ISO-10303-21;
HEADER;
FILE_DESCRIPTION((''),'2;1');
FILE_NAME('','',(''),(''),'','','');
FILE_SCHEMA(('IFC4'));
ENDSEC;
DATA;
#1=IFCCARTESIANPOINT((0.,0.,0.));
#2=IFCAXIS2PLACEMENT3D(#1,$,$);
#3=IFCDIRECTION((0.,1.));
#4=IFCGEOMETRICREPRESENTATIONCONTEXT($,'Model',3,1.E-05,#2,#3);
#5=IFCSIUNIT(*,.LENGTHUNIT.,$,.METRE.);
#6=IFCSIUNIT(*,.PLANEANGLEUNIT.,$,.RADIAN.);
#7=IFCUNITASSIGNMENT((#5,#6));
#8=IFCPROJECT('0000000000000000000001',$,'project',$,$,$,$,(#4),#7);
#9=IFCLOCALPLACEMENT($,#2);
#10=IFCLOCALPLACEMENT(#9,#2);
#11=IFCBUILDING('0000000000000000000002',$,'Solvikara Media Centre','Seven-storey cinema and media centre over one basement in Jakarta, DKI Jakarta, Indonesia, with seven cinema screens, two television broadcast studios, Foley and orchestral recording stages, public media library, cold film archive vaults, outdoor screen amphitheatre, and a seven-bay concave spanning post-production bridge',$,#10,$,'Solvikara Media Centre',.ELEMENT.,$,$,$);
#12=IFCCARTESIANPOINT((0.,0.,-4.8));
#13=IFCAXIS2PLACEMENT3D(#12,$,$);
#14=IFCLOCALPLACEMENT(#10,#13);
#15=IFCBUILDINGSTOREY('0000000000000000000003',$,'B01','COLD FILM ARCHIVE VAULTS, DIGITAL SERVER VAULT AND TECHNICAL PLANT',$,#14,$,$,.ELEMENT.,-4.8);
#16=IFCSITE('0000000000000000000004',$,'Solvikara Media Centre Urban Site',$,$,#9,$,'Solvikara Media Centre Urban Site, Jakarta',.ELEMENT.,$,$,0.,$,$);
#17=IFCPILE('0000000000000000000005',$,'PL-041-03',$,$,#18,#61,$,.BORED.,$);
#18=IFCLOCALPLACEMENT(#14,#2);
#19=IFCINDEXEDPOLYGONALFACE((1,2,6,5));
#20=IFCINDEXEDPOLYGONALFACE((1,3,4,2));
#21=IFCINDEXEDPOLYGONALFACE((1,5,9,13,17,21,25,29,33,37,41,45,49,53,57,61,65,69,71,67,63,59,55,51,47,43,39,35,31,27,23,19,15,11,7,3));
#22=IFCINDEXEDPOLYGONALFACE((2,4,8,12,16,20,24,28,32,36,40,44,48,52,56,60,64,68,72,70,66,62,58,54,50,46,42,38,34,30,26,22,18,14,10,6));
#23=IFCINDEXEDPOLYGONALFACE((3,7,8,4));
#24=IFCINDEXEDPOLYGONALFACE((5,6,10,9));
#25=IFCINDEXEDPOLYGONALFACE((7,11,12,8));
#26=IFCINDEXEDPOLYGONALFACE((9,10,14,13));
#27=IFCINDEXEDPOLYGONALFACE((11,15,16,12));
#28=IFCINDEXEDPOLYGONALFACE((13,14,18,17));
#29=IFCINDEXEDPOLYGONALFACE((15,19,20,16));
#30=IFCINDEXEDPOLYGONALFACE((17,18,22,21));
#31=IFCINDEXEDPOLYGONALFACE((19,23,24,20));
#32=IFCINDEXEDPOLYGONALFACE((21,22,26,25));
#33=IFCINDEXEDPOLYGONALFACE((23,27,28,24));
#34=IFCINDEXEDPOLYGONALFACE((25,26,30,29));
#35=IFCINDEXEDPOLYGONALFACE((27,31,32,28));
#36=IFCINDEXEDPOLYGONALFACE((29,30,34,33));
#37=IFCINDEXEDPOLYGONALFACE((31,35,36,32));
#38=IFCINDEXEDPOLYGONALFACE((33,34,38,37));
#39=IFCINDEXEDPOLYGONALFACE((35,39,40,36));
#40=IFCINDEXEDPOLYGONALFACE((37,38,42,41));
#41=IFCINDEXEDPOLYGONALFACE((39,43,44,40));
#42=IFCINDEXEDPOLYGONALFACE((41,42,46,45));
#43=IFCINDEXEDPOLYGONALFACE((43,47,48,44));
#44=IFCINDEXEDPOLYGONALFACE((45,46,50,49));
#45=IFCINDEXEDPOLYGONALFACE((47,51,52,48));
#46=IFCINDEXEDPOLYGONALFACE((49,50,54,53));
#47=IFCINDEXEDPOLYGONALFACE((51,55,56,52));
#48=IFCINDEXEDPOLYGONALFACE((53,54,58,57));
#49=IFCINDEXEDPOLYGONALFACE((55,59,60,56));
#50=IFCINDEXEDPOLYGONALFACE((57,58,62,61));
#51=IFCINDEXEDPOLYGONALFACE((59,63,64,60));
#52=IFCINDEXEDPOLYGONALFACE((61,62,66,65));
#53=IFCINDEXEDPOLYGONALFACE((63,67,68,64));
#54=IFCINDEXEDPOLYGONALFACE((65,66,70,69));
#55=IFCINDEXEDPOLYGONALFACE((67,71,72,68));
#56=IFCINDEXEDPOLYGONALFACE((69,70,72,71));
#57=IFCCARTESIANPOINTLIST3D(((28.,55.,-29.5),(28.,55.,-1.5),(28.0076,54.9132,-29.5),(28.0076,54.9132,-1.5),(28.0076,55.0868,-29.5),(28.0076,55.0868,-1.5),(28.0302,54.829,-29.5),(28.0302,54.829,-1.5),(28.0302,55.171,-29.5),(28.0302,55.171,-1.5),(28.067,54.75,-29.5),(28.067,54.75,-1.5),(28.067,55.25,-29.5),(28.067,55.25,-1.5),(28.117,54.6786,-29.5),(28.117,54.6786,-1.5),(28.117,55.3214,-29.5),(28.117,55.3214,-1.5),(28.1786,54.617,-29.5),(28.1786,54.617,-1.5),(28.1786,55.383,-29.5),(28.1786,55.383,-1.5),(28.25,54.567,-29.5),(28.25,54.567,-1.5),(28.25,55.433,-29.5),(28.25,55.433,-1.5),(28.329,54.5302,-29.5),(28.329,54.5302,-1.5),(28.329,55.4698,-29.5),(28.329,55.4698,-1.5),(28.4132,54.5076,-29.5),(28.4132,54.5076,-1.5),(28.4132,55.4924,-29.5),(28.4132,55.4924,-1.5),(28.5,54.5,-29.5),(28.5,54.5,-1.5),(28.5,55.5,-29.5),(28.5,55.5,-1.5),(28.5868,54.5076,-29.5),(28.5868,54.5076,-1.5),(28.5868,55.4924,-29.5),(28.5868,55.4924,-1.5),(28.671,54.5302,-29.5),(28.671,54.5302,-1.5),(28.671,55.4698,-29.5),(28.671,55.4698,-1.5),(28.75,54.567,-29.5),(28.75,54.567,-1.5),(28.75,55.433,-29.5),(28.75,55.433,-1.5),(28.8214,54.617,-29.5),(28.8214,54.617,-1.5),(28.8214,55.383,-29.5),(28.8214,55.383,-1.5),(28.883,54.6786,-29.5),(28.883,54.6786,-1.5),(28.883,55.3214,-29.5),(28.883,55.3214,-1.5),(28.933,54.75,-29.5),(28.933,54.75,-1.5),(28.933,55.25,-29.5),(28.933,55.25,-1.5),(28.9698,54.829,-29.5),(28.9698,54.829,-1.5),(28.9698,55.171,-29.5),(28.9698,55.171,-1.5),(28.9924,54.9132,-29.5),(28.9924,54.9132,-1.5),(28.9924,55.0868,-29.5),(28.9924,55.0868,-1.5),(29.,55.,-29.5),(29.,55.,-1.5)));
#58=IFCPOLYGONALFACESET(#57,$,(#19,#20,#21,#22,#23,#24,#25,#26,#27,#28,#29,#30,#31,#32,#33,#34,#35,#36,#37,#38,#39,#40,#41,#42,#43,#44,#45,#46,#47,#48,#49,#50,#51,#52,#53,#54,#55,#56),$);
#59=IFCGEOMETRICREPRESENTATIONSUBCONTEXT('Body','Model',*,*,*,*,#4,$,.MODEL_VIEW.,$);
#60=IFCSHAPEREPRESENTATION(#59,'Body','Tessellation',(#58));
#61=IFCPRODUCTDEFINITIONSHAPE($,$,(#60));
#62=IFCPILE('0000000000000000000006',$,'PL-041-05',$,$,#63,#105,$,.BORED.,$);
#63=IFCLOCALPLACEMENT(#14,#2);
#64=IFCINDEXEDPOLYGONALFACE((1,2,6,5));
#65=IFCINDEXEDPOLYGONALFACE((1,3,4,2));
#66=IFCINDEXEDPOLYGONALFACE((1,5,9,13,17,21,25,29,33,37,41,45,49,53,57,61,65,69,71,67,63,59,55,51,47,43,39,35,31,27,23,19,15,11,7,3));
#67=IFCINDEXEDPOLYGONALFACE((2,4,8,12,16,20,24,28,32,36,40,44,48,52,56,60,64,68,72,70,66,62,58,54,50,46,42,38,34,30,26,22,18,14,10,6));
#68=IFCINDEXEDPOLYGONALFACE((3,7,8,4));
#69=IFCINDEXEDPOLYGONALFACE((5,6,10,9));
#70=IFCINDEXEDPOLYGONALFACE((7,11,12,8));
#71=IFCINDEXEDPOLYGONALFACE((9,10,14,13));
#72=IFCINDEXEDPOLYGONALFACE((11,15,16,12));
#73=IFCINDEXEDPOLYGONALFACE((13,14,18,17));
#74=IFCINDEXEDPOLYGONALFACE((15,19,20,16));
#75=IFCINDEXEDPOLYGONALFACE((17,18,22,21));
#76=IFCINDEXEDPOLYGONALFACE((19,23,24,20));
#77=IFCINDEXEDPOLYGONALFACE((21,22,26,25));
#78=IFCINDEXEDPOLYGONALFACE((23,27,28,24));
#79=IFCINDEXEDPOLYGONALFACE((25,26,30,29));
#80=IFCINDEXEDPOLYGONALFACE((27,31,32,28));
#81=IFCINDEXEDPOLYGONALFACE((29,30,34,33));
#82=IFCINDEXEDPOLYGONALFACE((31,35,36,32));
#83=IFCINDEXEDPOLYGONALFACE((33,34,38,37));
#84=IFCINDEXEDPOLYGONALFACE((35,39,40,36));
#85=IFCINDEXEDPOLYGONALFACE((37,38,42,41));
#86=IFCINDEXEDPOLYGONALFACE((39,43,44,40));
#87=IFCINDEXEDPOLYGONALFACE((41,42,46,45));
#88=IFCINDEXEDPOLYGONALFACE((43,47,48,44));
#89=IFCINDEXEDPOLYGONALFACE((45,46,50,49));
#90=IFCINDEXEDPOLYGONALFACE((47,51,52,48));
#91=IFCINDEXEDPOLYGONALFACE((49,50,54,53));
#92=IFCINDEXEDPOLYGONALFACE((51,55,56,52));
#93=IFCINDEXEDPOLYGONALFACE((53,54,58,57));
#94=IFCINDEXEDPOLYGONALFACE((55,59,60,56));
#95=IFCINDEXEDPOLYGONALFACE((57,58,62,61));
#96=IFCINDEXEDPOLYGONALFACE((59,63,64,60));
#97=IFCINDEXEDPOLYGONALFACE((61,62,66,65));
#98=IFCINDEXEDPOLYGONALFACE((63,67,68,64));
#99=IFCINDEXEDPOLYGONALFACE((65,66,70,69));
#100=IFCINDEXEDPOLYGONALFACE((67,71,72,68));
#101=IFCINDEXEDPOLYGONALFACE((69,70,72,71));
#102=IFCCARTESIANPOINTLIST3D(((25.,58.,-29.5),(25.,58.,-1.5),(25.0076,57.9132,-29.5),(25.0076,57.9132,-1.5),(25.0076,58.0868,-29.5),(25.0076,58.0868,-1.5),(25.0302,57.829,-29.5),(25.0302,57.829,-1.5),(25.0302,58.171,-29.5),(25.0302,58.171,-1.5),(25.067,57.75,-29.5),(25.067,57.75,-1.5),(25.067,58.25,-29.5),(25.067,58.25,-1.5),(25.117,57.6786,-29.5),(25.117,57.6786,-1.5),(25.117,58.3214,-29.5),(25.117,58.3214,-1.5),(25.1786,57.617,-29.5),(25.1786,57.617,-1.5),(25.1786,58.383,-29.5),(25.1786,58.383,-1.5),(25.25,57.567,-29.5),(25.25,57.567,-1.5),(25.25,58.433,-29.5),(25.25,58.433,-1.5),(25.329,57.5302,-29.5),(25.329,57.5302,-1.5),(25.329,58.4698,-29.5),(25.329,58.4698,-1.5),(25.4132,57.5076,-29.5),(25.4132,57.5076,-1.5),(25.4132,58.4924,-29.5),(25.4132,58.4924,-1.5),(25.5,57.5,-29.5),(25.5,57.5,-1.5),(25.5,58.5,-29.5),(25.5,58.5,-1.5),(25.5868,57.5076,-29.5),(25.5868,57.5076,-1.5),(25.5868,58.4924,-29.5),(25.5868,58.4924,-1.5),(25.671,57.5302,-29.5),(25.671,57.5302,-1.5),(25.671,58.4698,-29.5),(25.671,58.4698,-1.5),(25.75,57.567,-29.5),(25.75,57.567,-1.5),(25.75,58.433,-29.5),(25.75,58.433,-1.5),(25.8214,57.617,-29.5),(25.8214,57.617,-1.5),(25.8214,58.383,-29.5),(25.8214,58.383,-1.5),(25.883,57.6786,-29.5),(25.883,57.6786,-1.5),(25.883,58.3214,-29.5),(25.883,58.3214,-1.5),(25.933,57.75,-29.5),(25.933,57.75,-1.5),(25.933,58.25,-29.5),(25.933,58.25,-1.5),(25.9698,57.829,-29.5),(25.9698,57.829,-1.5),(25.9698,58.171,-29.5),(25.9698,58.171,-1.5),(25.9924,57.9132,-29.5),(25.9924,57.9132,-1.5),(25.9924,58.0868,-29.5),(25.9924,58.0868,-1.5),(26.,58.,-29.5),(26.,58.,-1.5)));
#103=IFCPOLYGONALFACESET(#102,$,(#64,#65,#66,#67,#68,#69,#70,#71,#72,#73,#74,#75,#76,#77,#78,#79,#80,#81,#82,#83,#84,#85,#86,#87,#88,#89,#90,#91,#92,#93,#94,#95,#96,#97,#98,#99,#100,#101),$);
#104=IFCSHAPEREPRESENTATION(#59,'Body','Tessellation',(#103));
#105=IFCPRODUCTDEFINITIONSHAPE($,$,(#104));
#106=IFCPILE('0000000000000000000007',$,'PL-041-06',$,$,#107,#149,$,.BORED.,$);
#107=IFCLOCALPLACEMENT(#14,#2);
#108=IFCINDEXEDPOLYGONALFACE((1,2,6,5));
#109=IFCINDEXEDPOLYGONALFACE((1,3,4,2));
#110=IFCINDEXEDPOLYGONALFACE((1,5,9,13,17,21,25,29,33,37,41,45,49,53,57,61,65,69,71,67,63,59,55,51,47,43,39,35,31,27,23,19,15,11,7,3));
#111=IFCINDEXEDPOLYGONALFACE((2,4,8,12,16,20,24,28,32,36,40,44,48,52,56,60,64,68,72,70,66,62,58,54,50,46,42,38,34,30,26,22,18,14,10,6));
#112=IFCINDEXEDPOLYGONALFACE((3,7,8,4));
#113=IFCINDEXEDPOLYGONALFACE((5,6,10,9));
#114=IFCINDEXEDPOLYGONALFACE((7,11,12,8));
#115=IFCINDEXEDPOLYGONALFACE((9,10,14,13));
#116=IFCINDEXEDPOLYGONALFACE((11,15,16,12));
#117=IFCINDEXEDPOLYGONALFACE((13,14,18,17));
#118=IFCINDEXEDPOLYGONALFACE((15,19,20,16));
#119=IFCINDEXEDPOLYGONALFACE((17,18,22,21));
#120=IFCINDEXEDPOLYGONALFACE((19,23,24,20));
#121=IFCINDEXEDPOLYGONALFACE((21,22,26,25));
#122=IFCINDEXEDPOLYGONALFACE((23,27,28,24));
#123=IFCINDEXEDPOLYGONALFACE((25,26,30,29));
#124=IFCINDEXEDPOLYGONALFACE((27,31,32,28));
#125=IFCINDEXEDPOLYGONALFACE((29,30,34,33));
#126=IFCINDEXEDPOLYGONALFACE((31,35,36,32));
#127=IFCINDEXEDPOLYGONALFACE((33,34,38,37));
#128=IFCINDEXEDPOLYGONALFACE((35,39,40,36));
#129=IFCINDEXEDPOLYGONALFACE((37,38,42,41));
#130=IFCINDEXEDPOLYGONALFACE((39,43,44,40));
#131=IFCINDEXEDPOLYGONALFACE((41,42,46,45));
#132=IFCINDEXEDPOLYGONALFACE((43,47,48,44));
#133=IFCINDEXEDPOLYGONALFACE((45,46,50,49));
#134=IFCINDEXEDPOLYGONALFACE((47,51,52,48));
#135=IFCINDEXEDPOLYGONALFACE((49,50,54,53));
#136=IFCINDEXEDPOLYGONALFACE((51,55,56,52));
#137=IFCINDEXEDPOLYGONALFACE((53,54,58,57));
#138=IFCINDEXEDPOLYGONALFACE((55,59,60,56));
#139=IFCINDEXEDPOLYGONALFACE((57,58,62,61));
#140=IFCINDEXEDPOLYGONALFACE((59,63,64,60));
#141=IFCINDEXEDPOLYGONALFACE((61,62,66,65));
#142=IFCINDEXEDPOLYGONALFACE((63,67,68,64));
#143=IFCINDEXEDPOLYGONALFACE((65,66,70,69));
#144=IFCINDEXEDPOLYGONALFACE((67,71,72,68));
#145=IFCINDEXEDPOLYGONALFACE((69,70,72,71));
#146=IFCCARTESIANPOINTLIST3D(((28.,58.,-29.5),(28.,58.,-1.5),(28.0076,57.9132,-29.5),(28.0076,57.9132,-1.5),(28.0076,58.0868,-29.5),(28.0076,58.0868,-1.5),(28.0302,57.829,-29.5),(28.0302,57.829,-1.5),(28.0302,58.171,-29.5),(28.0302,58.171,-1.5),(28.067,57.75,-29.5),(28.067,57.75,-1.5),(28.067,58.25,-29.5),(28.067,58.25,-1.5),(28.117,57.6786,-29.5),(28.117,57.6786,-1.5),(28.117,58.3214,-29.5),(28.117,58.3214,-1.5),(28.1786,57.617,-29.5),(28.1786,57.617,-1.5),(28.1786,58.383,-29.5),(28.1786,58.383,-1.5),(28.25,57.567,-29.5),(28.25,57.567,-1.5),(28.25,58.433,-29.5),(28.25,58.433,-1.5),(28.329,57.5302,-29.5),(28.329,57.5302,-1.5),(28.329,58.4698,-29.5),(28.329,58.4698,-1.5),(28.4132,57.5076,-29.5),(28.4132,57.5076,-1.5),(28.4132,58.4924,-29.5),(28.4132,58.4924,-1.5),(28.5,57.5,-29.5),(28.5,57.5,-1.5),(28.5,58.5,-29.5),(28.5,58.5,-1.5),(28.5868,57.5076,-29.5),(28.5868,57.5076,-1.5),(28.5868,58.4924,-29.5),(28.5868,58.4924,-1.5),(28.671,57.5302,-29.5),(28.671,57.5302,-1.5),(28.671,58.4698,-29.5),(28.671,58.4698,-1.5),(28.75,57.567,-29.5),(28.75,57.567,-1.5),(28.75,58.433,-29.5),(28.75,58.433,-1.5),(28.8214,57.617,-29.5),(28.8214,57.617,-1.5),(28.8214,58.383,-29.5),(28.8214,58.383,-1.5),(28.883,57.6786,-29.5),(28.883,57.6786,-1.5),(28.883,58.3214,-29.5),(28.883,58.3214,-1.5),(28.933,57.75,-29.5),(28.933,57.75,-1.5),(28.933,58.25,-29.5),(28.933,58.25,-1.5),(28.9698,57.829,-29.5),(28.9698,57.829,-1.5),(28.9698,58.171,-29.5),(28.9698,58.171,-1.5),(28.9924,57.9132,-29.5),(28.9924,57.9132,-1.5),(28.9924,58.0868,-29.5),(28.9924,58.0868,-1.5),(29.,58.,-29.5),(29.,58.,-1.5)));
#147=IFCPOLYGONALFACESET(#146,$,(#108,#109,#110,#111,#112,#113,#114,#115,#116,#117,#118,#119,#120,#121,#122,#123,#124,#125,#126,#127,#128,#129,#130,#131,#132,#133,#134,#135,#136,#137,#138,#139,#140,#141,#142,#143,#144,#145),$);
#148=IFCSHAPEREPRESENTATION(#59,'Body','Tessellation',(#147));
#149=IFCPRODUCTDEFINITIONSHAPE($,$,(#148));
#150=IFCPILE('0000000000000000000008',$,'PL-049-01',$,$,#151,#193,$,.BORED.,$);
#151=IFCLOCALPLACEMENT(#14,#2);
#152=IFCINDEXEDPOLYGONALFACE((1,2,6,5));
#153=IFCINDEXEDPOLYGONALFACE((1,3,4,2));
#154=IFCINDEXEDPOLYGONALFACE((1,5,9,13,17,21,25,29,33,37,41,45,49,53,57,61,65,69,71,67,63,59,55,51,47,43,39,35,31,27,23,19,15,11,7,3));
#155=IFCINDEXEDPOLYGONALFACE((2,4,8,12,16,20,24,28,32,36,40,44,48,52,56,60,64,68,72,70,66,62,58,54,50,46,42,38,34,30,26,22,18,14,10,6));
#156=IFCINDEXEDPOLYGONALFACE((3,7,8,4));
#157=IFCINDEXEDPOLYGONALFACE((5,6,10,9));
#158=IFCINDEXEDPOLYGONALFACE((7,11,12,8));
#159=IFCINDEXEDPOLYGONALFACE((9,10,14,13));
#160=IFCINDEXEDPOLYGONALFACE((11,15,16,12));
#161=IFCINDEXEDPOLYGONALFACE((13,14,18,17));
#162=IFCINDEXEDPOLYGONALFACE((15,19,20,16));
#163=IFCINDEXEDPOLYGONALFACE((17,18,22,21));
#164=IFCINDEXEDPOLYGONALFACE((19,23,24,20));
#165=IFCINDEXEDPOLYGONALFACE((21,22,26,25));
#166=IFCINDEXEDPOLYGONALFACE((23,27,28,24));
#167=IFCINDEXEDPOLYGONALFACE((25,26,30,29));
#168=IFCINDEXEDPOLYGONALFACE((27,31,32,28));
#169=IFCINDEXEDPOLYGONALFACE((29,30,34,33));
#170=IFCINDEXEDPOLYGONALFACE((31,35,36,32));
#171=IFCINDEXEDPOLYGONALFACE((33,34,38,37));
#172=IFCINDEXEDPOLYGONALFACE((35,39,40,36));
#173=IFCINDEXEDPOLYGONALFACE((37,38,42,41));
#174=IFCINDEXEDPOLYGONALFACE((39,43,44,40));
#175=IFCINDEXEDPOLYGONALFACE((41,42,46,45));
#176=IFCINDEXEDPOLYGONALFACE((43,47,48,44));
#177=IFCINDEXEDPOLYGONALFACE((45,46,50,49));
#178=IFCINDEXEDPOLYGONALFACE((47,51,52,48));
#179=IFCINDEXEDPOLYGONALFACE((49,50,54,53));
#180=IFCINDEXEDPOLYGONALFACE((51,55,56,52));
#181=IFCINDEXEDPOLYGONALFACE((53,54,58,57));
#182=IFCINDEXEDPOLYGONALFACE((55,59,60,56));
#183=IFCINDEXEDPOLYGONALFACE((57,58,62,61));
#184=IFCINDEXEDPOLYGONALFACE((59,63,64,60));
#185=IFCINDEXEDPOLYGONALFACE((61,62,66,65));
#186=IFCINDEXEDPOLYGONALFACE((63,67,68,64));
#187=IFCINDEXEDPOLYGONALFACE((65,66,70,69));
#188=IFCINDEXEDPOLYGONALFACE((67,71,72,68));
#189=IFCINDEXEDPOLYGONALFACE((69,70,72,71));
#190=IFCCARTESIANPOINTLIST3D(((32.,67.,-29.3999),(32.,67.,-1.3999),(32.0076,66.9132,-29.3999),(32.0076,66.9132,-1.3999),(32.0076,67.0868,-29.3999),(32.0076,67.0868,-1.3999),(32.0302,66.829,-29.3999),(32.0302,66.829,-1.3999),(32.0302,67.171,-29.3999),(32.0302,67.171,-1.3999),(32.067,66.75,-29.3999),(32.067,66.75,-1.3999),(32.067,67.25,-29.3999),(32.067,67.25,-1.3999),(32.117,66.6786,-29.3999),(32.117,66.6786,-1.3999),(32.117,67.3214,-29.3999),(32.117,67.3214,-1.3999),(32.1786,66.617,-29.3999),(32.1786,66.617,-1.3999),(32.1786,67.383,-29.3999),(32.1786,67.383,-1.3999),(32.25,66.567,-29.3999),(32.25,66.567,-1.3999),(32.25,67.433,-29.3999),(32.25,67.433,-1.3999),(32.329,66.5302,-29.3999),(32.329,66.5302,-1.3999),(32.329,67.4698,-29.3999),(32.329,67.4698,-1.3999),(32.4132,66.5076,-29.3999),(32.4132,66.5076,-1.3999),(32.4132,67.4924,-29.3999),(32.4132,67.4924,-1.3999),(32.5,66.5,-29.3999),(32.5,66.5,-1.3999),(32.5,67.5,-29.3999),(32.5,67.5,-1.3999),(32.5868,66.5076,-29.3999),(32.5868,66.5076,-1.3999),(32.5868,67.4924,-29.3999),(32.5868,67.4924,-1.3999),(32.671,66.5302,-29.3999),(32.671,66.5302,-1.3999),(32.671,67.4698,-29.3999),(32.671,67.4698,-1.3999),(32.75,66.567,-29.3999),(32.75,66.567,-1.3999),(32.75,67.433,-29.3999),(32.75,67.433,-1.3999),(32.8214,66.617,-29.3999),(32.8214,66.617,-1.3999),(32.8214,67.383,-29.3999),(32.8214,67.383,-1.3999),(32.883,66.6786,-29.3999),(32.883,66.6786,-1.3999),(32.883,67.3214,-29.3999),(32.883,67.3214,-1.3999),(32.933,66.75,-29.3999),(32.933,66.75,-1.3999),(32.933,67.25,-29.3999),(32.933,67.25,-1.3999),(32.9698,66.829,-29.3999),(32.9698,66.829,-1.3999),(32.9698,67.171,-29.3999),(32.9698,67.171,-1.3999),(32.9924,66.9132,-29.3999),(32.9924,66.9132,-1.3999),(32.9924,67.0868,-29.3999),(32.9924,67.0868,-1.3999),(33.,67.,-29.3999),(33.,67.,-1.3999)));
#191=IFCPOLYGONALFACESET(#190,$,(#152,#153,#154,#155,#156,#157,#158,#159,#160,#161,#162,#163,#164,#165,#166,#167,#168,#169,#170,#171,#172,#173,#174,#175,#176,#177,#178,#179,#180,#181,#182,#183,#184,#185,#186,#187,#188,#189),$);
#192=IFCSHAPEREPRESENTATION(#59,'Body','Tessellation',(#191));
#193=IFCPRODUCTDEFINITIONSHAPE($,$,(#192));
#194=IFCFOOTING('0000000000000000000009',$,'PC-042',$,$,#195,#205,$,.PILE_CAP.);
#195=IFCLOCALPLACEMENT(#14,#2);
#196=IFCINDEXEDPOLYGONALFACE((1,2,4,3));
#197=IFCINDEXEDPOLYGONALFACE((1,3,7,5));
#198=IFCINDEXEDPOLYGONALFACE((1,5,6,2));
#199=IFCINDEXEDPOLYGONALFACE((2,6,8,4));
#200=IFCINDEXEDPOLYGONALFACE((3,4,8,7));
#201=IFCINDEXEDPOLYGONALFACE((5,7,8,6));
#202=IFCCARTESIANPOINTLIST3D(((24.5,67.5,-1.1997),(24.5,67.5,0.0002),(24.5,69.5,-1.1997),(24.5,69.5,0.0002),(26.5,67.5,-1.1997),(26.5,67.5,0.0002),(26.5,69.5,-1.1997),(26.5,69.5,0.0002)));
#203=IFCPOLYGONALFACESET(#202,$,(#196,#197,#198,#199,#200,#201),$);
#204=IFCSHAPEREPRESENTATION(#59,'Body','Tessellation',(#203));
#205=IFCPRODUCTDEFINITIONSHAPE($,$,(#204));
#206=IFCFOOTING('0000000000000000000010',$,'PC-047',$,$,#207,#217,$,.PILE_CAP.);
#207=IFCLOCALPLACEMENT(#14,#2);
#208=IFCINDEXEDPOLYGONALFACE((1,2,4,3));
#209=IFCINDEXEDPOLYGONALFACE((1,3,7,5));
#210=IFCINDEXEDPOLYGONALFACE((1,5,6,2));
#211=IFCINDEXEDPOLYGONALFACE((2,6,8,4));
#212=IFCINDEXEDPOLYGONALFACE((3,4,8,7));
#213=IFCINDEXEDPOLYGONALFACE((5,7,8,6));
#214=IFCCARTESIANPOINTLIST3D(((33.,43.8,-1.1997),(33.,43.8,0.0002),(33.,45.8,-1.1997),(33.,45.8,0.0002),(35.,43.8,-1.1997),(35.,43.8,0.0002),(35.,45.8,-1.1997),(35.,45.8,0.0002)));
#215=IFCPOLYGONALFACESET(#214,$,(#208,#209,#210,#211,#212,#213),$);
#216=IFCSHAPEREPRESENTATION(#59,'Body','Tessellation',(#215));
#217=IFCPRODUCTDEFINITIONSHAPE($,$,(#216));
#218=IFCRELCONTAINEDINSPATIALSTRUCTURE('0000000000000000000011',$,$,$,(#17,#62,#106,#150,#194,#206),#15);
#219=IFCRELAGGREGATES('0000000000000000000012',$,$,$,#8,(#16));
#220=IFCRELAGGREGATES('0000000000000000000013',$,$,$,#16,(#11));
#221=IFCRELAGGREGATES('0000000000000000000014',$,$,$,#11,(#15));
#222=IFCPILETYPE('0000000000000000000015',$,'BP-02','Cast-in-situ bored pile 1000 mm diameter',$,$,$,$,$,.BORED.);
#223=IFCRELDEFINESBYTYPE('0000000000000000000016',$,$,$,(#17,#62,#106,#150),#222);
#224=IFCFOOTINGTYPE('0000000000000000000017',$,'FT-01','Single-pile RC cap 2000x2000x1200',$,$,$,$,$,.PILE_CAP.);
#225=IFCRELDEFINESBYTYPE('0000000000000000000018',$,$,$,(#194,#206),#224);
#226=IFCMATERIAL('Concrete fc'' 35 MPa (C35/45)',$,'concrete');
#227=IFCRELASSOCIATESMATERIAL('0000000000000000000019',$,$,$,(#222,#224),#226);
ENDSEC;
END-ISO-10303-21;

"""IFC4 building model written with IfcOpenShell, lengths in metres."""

from ifc_helpers import new_model, si_unit, direction, frame, origin, origin_2d, place, context, subcontext, project, spatial, rectangle, circle, extrude, material, material_profile, profile_set, type_object, element, save


model = new_model("IFC4")

# Units and contexts
model_context = context("Model", 3, precision=1e-05, world=origin(), true_north=direction((0.0, 1.0)))
body_context = subcontext(model_context, "Body", "Model", "MODEL_VIEW")
ifc_project = project(units=[si_unit("LENGTHUNIT", "METRE"), si_unit("PLANEANGLEUNIT", "RADIAN")], contexts=[model_context])

# Site, building, storey
site_placement = place(None, origin())
site = spatial("IfcSite", under=ifc_project, at=site_placement, Name="Solvikara Media Centre Urban Site", LongName="Solvikara Media Centre Urban Site, Jakarta", CompositionType="ELEMENT", RefElevation=0.0)
building_placement = place(site_placement, origin())
building = spatial("IfcBuilding", under=site, at=building_placement, Name="Solvikara Media Centre", Description="Seven-storey cinema and media centre over one basement in Jakarta, DKI Jakarta, Indonesia, with seven cinema screens, two television broadcast studios, Foley and orchestral recording stages, public media library, cold film archive vaults, outdoor screen amphitheatre, and a seven-bay concave spanning post-production bridge", LongName="Solvikara Media Centre", CompositionType="ELEMENT")
storey_placement = place(building_placement, frame((0.0, 0.0, -4.8)))
storey = spatial("IfcBuildingStorey", under=building, at=storey_placement, Name="B01", Description="COLD FILM ARCHIVE VAULTS, DIGITAL SERVER VAULT AND TECHNICAL PLANT", CompositionType="ELEMENT", Elevation=-4.8)

# Piles
ifc_material_1 = material(Name="Concrete fc' 35 MPa (C35/45)", Category="concrete")
ifc_material_profile_1 = material_profile(ifc_material_1, circle(Radius=0.5, at=origin_2d()), Name="BORED PILE D1000")
ifc_profile_set_1 = profile_set([ifc_material_profile_1], Name="Concrete fc' 35 MPa (C35/45)")
pile_type_1 = type_object("IfcPileType", Name="BP-02", Description="Cast-in-situ bored pile 1000 mm diameter", PredefinedType="BORED", material=ifc_profile_set_1)
for number, where, z_axis, x_axis, name in (
    (1, (28.5, 55.0, -1.5), (0.0, 0.0, -1.0), (1.0, 0.0, 0.0), "PL-041-03"),
    (2, (25.5, 58.0, -1.5), (0.0, 0.0, -1.0), (1.0, 0.0, 0.0), "PL-041-05"),
    (3, (28.5, 58.0, -1.5), (0.0, 0.0, -1.0), (1.0, 0.0, 0.0), "PL-041-06"),
    (4, (32.5, 67.0, -1.3999), (0.0, 0.0, -1.0), (1.0, 0.0, 0.0), "PL-049-01"),
):
    element("IfcPile", number, at=place(storey_placement, frame(where, z_axis=z_axis, x_axis=x_axis)), inside=storey, type_object=pile_type_1, Name=name, PredefinedType="BORED", context=body_context, shape_type="SweptSolid", body=[
        extrude(circle(Radius=0.5, at=origin_2d()), origin(), (0.0, 0.0, 1.0), 28.0),
    ])

# Footings
footing_type_1 = type_object("IfcFootingType", Name="FT-01", Description="Single-pile RC cap 2000x2000x1200", PredefinedType="PILE_CAP", material=ifc_material_1)
for number, where, z_axis, x_axis, name in (
    (5, (25.5, 68.5, -1.1997), (0.0, 0.0, 1.0), (1.0, 0.0, 0.0), "PC-042"),
    (6, (34.0, 44.8, -1.1997), (0.0, 0.0, 1.0), (1.0, 0.0, 0.0), "PC-047"),
):
    element("IfcFooting", number, at=place(storey_placement, frame(where, z_axis=z_axis, x_axis=x_axis)), inside=storey, type_object=footing_type_1, Name=name, PredefinedType="PILE_CAP", context=body_context, shape_type="SweptSolid", body=[
        extrude(rectangle(XDim=2.0, YDim=2.0, at=origin_2d()), origin(), (0.0, 0.0, 1.0), 1.2),
    ])

save(model, "model.ifc")
